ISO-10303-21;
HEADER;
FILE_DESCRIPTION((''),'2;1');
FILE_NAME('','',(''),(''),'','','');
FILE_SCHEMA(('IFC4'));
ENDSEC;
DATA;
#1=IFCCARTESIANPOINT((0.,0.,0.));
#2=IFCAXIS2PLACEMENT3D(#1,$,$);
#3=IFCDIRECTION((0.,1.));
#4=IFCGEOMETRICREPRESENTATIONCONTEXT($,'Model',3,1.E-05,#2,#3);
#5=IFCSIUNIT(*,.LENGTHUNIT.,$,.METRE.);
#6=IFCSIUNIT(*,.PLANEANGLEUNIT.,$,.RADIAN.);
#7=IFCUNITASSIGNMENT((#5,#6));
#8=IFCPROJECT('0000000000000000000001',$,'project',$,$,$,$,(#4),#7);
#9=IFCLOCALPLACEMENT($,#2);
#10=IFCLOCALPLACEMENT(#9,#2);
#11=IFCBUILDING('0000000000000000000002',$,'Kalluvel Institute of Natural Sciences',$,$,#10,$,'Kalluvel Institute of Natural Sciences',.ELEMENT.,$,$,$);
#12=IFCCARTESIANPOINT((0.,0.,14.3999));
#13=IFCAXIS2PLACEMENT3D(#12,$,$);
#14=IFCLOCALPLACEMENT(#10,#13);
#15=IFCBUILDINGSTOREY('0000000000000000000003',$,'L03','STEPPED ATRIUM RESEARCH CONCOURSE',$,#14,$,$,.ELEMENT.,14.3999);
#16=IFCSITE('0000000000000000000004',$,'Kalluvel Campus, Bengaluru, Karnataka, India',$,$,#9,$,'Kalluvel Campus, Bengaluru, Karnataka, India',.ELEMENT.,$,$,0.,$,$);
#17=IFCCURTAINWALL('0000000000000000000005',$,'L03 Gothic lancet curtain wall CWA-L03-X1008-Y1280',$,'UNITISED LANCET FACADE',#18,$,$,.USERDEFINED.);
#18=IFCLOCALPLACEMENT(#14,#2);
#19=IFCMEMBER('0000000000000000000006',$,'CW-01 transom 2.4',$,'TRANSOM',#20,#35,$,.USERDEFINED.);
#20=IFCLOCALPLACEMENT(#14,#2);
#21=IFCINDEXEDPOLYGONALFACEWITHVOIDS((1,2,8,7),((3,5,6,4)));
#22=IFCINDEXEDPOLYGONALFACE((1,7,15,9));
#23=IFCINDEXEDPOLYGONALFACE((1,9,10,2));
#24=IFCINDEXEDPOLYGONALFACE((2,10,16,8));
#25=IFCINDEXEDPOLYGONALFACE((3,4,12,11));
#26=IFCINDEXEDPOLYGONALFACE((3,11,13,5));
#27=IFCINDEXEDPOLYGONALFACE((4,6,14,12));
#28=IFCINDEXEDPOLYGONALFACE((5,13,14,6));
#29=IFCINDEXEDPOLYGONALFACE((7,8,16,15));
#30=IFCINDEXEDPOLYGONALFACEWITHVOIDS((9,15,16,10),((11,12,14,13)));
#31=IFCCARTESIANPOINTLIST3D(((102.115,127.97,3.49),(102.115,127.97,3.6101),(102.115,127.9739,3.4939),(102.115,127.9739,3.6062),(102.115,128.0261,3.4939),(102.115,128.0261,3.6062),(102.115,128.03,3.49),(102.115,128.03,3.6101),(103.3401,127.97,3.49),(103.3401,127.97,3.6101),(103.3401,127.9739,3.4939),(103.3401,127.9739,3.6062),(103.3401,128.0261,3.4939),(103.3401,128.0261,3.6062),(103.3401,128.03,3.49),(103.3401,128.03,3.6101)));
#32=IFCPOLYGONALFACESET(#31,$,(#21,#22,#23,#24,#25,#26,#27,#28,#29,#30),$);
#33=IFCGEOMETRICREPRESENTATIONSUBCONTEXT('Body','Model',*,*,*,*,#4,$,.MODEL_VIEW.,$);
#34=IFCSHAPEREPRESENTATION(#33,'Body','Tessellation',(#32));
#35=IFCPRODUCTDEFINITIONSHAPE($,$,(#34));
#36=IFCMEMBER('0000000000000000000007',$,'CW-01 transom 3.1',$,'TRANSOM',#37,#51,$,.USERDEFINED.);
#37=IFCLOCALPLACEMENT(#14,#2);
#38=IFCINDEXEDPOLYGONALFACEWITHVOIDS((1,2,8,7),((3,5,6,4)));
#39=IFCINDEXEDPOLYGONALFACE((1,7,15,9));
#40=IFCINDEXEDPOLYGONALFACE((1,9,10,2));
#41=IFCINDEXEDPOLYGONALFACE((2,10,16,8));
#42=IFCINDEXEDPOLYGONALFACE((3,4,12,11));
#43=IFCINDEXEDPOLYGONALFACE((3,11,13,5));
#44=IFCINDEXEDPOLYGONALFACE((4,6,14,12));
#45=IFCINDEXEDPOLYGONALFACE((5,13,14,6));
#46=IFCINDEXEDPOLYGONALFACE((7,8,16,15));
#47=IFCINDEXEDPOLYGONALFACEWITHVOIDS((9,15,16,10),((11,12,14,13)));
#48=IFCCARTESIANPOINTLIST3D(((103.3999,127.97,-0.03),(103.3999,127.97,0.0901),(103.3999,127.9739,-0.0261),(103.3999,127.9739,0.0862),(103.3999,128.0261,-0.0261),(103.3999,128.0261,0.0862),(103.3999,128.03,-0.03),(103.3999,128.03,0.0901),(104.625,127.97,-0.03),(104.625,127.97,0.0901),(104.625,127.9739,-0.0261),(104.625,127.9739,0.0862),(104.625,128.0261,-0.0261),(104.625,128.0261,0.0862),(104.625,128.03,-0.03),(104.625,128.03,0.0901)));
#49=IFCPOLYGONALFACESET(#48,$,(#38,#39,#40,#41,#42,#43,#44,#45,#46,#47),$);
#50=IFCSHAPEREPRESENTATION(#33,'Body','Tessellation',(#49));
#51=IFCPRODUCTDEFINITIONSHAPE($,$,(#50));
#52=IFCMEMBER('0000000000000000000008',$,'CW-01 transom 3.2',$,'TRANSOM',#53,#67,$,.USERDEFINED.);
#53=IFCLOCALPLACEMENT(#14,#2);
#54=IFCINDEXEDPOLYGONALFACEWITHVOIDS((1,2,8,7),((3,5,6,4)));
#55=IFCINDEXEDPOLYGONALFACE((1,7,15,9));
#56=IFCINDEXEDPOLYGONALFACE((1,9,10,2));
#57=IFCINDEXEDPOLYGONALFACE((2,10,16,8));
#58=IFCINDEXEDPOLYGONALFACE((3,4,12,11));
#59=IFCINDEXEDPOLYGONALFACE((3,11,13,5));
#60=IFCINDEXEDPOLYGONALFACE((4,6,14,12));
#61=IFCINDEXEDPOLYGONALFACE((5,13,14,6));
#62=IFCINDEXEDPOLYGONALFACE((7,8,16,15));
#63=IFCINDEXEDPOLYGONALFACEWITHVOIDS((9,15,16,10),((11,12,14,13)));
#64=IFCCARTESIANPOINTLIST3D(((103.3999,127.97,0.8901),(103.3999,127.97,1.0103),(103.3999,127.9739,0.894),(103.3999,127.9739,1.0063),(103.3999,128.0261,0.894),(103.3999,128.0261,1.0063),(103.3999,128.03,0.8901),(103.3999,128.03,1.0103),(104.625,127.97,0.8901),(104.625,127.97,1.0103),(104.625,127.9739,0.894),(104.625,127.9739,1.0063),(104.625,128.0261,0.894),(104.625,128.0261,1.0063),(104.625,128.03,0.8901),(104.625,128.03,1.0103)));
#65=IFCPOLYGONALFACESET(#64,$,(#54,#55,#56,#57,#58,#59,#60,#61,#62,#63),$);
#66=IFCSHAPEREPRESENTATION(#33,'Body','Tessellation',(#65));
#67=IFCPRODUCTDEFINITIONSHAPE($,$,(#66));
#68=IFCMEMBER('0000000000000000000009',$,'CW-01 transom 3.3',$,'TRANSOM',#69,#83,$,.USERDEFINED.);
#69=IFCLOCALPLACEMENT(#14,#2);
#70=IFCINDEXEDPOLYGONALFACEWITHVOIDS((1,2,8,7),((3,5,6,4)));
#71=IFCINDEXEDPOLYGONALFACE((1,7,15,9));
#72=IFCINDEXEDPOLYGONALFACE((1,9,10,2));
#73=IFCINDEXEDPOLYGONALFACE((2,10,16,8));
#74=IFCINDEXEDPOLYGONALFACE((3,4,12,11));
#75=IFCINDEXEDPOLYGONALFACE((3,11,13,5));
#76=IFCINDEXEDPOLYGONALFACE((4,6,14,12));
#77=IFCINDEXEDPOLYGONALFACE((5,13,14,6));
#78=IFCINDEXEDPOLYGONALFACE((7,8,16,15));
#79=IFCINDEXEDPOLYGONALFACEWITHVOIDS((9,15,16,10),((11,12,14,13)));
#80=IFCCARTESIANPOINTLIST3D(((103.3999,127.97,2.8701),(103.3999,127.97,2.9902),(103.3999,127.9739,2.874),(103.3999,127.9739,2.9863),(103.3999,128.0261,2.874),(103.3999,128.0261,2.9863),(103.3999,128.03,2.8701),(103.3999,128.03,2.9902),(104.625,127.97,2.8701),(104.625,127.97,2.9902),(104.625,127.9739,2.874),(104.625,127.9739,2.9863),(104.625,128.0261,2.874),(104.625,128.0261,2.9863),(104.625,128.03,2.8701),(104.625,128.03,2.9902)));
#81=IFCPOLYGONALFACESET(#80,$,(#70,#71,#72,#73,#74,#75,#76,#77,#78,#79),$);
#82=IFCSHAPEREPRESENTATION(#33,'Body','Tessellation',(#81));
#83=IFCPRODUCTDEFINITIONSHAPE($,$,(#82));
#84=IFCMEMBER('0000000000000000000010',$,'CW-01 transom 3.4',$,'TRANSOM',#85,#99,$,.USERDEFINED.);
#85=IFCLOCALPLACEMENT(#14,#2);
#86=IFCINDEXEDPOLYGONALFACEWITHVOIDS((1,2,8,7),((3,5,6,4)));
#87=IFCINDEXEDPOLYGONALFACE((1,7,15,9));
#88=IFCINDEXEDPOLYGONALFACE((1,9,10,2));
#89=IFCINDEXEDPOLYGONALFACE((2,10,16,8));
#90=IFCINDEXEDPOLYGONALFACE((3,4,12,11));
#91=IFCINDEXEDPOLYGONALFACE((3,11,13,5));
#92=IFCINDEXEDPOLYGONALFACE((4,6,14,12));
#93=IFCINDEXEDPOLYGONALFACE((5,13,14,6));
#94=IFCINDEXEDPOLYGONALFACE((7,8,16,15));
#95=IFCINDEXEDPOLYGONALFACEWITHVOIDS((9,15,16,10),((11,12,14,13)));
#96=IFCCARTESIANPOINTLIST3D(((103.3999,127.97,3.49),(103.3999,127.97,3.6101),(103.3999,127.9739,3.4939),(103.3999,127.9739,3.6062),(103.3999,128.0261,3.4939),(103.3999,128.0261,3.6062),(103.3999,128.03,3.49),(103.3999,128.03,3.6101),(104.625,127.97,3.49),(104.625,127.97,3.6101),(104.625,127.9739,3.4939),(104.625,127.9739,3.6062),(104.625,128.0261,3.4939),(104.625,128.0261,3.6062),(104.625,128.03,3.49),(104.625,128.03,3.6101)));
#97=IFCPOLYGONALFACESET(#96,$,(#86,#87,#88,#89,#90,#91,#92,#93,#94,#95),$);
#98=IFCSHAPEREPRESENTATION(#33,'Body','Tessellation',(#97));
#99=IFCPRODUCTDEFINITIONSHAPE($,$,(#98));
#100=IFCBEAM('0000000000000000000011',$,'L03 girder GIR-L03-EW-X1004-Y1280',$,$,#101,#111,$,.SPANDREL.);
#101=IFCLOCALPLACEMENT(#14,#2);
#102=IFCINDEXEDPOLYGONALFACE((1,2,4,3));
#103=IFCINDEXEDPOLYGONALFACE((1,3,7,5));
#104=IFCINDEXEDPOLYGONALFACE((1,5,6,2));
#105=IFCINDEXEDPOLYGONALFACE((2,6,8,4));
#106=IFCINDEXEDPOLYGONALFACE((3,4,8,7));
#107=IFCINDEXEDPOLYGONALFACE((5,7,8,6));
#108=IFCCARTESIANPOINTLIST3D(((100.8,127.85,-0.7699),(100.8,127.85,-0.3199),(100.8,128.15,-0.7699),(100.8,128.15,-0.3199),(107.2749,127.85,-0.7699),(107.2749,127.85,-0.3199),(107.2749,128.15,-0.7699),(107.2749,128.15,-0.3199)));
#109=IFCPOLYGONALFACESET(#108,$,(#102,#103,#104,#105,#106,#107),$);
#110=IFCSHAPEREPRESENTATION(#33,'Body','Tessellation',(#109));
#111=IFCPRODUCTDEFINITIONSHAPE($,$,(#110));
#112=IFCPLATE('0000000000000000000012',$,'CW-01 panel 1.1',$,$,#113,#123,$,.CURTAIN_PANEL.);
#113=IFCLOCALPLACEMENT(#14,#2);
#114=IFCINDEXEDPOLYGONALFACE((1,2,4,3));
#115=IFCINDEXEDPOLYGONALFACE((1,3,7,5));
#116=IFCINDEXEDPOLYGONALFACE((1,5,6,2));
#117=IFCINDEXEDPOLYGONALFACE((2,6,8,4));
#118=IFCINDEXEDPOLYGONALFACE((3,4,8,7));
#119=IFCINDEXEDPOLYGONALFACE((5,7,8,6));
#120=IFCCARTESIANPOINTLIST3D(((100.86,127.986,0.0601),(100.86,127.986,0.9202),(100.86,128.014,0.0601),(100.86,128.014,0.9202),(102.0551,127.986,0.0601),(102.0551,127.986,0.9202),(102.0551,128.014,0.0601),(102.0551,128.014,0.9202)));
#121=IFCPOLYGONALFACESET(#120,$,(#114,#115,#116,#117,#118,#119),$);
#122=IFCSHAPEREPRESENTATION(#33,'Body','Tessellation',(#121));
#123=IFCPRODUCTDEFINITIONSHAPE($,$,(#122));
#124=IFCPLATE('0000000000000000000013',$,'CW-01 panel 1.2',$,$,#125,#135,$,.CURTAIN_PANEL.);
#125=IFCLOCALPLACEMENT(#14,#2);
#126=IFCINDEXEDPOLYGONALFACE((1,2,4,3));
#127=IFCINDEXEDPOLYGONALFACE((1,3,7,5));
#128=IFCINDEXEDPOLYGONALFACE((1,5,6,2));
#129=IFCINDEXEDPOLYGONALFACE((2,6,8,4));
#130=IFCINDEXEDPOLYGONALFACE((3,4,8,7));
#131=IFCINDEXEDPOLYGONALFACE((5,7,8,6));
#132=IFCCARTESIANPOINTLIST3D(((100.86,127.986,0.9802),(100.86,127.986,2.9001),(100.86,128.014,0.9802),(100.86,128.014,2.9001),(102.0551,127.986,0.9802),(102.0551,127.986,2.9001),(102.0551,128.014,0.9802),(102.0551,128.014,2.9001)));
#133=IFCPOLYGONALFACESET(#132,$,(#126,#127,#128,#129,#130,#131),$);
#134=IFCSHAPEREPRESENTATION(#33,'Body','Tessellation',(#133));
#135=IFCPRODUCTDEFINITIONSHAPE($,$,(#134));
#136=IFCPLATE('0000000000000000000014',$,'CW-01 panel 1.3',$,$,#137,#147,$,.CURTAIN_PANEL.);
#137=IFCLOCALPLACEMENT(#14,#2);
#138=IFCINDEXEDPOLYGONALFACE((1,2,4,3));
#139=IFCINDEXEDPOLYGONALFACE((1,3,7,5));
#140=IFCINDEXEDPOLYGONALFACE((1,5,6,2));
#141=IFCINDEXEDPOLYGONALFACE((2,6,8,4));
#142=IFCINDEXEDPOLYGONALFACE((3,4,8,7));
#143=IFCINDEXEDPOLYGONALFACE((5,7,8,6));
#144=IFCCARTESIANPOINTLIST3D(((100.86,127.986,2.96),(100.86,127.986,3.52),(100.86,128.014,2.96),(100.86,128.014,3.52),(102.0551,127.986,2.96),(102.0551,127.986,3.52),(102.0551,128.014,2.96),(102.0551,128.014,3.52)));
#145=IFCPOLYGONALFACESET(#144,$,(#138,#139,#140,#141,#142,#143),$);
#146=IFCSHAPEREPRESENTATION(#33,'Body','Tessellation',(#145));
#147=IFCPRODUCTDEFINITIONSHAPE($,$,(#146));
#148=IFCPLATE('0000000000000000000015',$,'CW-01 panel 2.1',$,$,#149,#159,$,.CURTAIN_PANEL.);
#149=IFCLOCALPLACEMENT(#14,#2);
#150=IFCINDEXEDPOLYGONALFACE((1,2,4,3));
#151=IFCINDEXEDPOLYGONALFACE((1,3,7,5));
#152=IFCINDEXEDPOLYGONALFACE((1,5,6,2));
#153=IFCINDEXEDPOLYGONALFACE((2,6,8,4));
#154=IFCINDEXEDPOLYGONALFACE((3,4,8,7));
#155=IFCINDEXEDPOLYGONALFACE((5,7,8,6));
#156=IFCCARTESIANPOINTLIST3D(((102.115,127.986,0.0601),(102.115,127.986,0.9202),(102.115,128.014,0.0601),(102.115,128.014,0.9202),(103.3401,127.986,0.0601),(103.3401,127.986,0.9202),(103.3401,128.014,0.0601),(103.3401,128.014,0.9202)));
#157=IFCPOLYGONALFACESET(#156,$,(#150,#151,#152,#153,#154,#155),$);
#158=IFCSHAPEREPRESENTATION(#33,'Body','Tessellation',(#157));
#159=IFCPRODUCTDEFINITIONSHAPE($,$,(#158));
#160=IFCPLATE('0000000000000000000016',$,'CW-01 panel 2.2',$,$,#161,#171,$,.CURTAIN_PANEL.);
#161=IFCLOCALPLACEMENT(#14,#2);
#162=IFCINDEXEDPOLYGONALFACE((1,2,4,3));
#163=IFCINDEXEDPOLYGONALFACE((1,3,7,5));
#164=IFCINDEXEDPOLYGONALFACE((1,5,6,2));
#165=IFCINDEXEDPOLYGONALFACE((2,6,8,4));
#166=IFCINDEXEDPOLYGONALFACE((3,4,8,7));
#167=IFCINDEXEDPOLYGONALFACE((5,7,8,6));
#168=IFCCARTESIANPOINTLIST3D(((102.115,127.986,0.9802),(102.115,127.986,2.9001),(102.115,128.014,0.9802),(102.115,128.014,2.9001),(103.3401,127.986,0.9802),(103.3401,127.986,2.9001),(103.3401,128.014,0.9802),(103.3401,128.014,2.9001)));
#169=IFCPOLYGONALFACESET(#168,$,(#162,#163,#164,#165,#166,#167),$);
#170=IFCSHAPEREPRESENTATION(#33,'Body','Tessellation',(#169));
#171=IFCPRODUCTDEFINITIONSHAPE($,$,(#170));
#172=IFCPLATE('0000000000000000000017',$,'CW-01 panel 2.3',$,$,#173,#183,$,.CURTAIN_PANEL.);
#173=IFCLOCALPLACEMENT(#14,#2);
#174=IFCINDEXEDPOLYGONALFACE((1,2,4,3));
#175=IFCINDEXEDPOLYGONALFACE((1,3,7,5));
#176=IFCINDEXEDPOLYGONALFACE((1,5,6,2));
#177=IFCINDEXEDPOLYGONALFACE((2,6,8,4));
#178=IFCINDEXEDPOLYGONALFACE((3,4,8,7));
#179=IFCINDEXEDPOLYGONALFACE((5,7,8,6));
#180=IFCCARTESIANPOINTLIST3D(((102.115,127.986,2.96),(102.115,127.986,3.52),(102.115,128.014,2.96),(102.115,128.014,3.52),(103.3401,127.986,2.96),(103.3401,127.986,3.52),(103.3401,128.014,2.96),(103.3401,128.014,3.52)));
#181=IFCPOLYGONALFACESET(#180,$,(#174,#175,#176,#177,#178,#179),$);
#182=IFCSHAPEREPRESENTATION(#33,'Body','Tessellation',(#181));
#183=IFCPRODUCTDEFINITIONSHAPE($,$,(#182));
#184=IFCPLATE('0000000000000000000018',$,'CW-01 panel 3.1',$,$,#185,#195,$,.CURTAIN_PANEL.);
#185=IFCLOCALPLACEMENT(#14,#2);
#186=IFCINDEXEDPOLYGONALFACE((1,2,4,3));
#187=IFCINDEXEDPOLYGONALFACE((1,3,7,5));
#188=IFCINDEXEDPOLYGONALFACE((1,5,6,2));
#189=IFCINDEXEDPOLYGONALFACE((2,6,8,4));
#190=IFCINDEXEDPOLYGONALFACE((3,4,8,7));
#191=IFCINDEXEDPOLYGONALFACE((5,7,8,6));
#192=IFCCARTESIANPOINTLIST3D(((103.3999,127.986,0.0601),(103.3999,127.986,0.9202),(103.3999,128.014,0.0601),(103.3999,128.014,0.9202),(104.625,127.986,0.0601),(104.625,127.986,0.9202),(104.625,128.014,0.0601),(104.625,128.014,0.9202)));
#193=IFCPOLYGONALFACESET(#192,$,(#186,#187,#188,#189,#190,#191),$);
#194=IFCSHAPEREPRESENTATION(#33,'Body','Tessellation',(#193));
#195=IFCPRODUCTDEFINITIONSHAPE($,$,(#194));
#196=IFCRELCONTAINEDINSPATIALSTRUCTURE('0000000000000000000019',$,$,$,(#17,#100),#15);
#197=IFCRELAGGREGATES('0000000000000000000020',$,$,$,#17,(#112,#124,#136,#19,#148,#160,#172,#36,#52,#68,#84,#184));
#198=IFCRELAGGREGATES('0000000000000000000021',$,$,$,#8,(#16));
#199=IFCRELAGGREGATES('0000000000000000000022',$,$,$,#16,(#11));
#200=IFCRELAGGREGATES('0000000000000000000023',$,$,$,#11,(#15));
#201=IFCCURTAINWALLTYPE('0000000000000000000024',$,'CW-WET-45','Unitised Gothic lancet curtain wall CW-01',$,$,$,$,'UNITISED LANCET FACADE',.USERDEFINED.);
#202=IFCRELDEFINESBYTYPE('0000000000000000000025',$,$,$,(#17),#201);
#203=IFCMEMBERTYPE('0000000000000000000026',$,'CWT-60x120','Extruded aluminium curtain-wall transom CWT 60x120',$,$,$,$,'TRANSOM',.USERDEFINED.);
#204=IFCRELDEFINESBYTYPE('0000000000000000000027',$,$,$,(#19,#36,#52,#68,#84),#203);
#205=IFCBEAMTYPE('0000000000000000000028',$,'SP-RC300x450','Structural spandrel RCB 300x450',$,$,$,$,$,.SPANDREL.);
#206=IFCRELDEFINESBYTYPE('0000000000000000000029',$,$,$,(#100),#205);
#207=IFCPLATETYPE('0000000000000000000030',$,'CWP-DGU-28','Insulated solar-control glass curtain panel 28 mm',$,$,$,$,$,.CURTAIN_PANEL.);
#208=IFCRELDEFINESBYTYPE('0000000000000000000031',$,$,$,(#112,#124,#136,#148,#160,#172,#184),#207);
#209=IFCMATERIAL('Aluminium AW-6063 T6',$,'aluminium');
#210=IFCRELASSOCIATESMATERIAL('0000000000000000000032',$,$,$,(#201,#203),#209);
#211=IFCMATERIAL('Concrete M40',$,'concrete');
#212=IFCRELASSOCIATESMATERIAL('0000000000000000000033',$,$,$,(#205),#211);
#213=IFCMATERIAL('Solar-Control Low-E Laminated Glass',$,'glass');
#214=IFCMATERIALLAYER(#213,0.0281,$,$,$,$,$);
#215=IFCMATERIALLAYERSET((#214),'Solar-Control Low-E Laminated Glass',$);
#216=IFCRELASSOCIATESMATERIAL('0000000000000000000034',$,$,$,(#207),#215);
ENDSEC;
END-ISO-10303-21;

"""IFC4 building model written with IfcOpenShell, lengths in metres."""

from ifc_helpers import new_model, si_unit, direction, frame, origin, origin_2d, place, context, subcontext, project, spatial, rectangle, hollow_rectangle, extrude, material, layer, layer_set, material_profile, profile_set, type_object, element, aggregate, save


model = new_model("IFC4")

# Units and contexts
model_context = context("Model", 3, precision=1e-05, world=origin(), true_north=direction((0.0, 1.0)))
body_context = subcontext(model_context, "Body", "Model", "MODEL_VIEW")
ifc_project = project(units=[si_unit("LENGTHUNIT", "METRE"), si_unit("PLANEANGLEUNIT", "RADIAN")], contexts=[model_context])

# Site, building, storey
site_placement = place(None, origin())
site = spatial("IfcSite", under=ifc_project, at=site_placement, Name="Kalluvel Campus, Bengaluru, Karnataka, India", LongName="Kalluvel Campus, Bengaluru, Karnataka, India", CompositionType="ELEMENT", RefElevation=0.0)
building_placement = place(site_placement, origin())
building = spatial("IfcBuilding", under=site, at=building_placement, Name="Kalluvel Institute of Natural Sciences", LongName="Kalluvel Institute of Natural Sciences", CompositionType="ELEMENT")
storey_placement = place(building_placement, frame((0.0, 0.0, 14.3999)))
storey = spatial("IfcBuildingStorey", under=building, at=storey_placement, Name="L03", Description="STEPPED ATRIUM RESEARCH CONCOURSE", CompositionType="ELEMENT", Elevation=14.3999)

# Curtain wall, members
ifc_material_1 = material(Name="Aluminium AW-6063 T6", Category="aluminium")
curtain_wall_type = type_object("IfcCurtainWallType", Name="CW-WET-45", Description="Unitised Gothic lancet curtain wall CW-01", ElementType="UNITISED LANCET FACADE", PredefinedType="USERDEFINED", material=ifc_material_1)
curtain_wall_placement = place(storey_placement, origin())
curtain_wall = element("IfcCurtainWall", 1, at=curtain_wall_placement, inside=storey, type_object=curtain_wall_type, Name="L03 Gothic lancet curtain wall CWA-L03-X1008-Y1280", ObjectType="UNITISED LANCET FACADE", PredefinedType="USERDEFINED")
ifc_material_profile_1 = material_profile(ifc_material_1, hollow_rectangle(XDim=0.0601, YDim=0.1201, WallThickness=0.0039, at=origin_2d()), Name="CWT 60x120")
ifc_profile_set_1 = profile_set([ifc_material_profile_1], Name="Aluminium AW-6063 T6")
member_type_1 = type_object("IfcMemberType", Name="CWT-60x120", Description="Extruded aluminium curtain-wall transom CWT 60x120", ElementType="TRANSOM", PredefinedType="USERDEFINED", material=ifc_profile_set_1)
member_1_placement = place(storey_placement, frame((102.115, 128.0, 3.55), z_axis=(1.0, 0.0, 0.0), x_axis=(0.0, 1.0, 0.0)))
member_1 = element("IfcMember", 2, at=member_1_placement, type_object=member_type_1, Name="CW-01 transom 2.4", ObjectType="TRANSOM", PredefinedType="USERDEFINED", context=body_context, shape_type="SweptSolid", body=[
    extrude(hollow_rectangle(XDim=0.0601, YDim=0.1201, WallThickness=0.0039, at=origin_2d()), origin(), (0.0, 0.0, 1.0), 1.2251),
])
member_2_placement = place(storey_placement, frame((103.3999, 128.0, 0.03), z_axis=(1.0, 0.0, 0.0), x_axis=(0.0, 1.0, 0.0)))
member_2 = element("IfcMember", 3, at=member_2_placement, type_object=member_type_1, Name="CW-01 transom 3.1", ObjectType="TRANSOM", PredefinedType="USERDEFINED", context=body_context, shape_type="SweptSolid", body=[
    extrude(hollow_rectangle(XDim=0.0601, YDim=0.1201, WallThickness=0.0039, at=origin_2d()), origin(), (0.0, 0.0, 1.0), 1.2251),
])
member_3_placement = place(storey_placement, frame((103.3999, 128.0, 0.9502), z_axis=(1.0, 0.0, 0.0), x_axis=(0.0, 1.0, 0.0)))
member_3 = element("IfcMember", 4, at=member_3_placement, type_object=member_type_1, Name="CW-01 transom 3.2", ObjectType="TRANSOM", PredefinedType="USERDEFINED", context=body_context, shape_type="SweptSolid", body=[
    extrude(hollow_rectangle(XDim=0.0601, YDim=0.1201, WallThickness=0.0039, at=origin_2d()), origin(), (0.0, 0.0, 1.0), 1.2251),
])
member_4_placement = place(storey_placement, frame((103.3999, 128.0, 2.9302), z_axis=(1.0, 0.0, 0.0), x_axis=(0.0, 1.0, 0.0)))
member_4 = element("IfcMember", 5, at=member_4_placement, type_object=member_type_1, Name="CW-01 transom 3.3", ObjectType="TRANSOM", PredefinedType="USERDEFINED", context=body_context, shape_type="SweptSolid", body=[
    extrude(hollow_rectangle(XDim=0.0601, YDim=0.1201, WallThickness=0.0039, at=origin_2d()), origin(), (0.0, 0.0, 1.0), 1.2251),
])
member_5_placement = place(storey_placement, frame((103.3999, 128.0, 3.55), z_axis=(1.0, 0.0, 0.0), x_axis=(0.0, 1.0, 0.0)))
member_5 = element("IfcMember", 6, at=member_5_placement, type_object=member_type_1, Name="CW-01 transom 3.4", ObjectType="TRANSOM", PredefinedType="USERDEFINED", context=body_context, shape_type="SweptSolid", body=[
    extrude(hollow_rectangle(XDim=0.0601, YDim=0.1201, WallThickness=0.0039, at=origin_2d()), origin(), (0.0, 0.0, 1.0), 1.2251),
])

# Beam
ifc_material_2 = material(Name="Concrete M40", Category="concrete")
ifc_material_profile_2 = material_profile(ifc_material_2, rectangle(XDim=0.3, YDim=0.45, at=origin_2d()), Name="RCB 300x450")
ifc_profile_set_2 = profile_set([ifc_material_profile_2], Name="Concrete M40")
beam_type = type_object("IfcBeamType", Name="SP-RC300x450", Description="Structural spandrel RCB 300x450", PredefinedType="SPANDREL", material=ifc_profile_set_2)
beam_placement = place(storey_placement, frame((100.8, 128.0, -0.5449), z_axis=(1.0, 0.0, 0.0), x_axis=(0.0, 1.0, 0.0)))
element("IfcBeam", 7, at=beam_placement, inside=storey, type_object=beam_type, Name="L03 girder GIR-L03-EW-X1004-Y1280", PredefinedType="SPANDREL", context=body_context, shape_type="SweptSolid", body=[
    extrude(rectangle(XDim=0.3, YDim=0.45, at=origin_2d()), origin(), (0.0, 0.0, 1.0), 6.4749),
])

# Plates
ifc_material_3 = material(Name="Solar-Control Low-E Laminated Glass", Category="glass")
ifc_layer = layer(ifc_material_3, 0.0281)
ifc_layer_set = layer_set([ifc_layer], Name="Solar-Control Low-E Laminated Glass")
plate_type = type_object("IfcPlateType", Name="CWP-DGU-28", Description="Insulated solar-control glass curtain panel 28 mm", PredefinedType="CURTAIN_PANEL", material=ifc_layer_set)
plate_1_placement = place(storey_placement, frame((101.4575, 128.0, 0.0601), z_axis=(0.0, 0.0, 1.0), x_axis=(1.0, 0.0, 0.0)))
plate_1 = element("IfcPlate", 8, at=plate_1_placement, type_object=plate_type, Name="CW-01 panel 1.1", PredefinedType="CURTAIN_PANEL", context=body_context, shape_type="SweptSolid", body=[
    extrude(rectangle(XDim=1.1951, YDim=0.0281, at=origin_2d()), origin(), (0.0, 0.0, 1.0), 0.8601),
])
plate_2_placement = place(storey_placement, frame((101.4575, 128.0, 0.9802), z_axis=(0.0, 0.0, 1.0), x_axis=(1.0, 0.0, 0.0)))
plate_2 = element("IfcPlate", 9, at=plate_2_placement, type_object=plate_type, Name="CW-01 panel 1.2", PredefinedType="CURTAIN_PANEL", context=body_context, shape_type="SweptSolid", body=[
    extrude(rectangle(XDim=1.1951, YDim=0.0281, at=origin_2d()), origin(), (0.0, 0.0, 1.0), 1.9199),
])
plate_3_placement = place(storey_placement, frame((101.4575, 128.0, 2.96), z_axis=(0.0, 0.0, 1.0), x_axis=(1.0, 0.0, 0.0)))
plate_3 = element("IfcPlate", 10, at=plate_3_placement, type_object=plate_type, Name="CW-01 panel 1.3", PredefinedType="CURTAIN_PANEL", context=body_context, shape_type="SweptSolid", body=[
    extrude(rectangle(XDim=1.1951, YDim=0.0281, at=origin_2d()), origin(), (0.0, 0.0, 1.0), 0.5601),
])
plate_4_placement = place(storey_placement, frame((102.7275, 128.0, 0.0601), z_axis=(0.0, 0.0, 1.0), x_axis=(1.0, 0.0, 0.0)))
plate_4 = element("IfcPlate", 11, at=plate_4_placement, type_object=plate_type, Name="CW-01 panel 2.1", PredefinedType="CURTAIN_PANEL", context=body_context, shape_type="SweptSolid", body=[
    extrude(rectangle(XDim=1.2251, YDim=0.0281, at=origin_2d()), origin(), (0.0, 0.0, 1.0), 0.8601),
])
plate_5_placement = place(storey_placement, frame((102.7275, 128.0, 0.9802), z_axis=(0.0, 0.0, 1.0), x_axis=(1.0, 0.0, 0.0)))
plate_5 = element("IfcPlate", 12, at=plate_5_placement, type_object=plate_type, Name="CW-01 panel 2.2", PredefinedType="CURTAIN_PANEL", context=body_context, shape_type="SweptSolid", body=[
    extrude(rectangle(XDim=1.2251, YDim=0.0281, at=origin_2d()), origin(), (0.0, 0.0, 1.0), 1.9199),
])
plate_6_placement = place(storey_placement, frame((102.7275, 128.0, 2.96), z_axis=(0.0, 0.0, 1.0), x_axis=(1.0, 0.0, 0.0)))
plate_6 = element("IfcPlate", 13, at=plate_6_placement, type_object=plate_type, Name="CW-01 panel 2.3", PredefinedType="CURTAIN_PANEL", context=body_context, shape_type="SweptSolid", body=[
    extrude(rectangle(XDim=1.2251, YDim=0.0281, at=origin_2d()), origin(), (0.0, 0.0, 1.0), 0.5601),
])
plate_7_placement = place(storey_placement, frame((104.0125, 128.0, 0.0601), z_axis=(0.0, 0.0, 1.0), x_axis=(1.0, 0.0, 0.0)))
plate_7 = element("IfcPlate", 14, at=plate_7_placement, type_object=plate_type, Name="CW-01 panel 3.1", PredefinedType="CURTAIN_PANEL", context=body_context, shape_type="SweptSolid", body=[
    extrude(rectangle(XDim=1.2251, YDim=0.0281, at=origin_2d()), origin(), (0.0, 0.0, 1.0), 0.8601),
])
aggregate(curtain_wall, [plate_1, plate_2, plate_3, member_1, plate_4, plate_5, plate_6, member_2, member_3, member_4, member_5, plate_7])

save(model, "model.ifc")
